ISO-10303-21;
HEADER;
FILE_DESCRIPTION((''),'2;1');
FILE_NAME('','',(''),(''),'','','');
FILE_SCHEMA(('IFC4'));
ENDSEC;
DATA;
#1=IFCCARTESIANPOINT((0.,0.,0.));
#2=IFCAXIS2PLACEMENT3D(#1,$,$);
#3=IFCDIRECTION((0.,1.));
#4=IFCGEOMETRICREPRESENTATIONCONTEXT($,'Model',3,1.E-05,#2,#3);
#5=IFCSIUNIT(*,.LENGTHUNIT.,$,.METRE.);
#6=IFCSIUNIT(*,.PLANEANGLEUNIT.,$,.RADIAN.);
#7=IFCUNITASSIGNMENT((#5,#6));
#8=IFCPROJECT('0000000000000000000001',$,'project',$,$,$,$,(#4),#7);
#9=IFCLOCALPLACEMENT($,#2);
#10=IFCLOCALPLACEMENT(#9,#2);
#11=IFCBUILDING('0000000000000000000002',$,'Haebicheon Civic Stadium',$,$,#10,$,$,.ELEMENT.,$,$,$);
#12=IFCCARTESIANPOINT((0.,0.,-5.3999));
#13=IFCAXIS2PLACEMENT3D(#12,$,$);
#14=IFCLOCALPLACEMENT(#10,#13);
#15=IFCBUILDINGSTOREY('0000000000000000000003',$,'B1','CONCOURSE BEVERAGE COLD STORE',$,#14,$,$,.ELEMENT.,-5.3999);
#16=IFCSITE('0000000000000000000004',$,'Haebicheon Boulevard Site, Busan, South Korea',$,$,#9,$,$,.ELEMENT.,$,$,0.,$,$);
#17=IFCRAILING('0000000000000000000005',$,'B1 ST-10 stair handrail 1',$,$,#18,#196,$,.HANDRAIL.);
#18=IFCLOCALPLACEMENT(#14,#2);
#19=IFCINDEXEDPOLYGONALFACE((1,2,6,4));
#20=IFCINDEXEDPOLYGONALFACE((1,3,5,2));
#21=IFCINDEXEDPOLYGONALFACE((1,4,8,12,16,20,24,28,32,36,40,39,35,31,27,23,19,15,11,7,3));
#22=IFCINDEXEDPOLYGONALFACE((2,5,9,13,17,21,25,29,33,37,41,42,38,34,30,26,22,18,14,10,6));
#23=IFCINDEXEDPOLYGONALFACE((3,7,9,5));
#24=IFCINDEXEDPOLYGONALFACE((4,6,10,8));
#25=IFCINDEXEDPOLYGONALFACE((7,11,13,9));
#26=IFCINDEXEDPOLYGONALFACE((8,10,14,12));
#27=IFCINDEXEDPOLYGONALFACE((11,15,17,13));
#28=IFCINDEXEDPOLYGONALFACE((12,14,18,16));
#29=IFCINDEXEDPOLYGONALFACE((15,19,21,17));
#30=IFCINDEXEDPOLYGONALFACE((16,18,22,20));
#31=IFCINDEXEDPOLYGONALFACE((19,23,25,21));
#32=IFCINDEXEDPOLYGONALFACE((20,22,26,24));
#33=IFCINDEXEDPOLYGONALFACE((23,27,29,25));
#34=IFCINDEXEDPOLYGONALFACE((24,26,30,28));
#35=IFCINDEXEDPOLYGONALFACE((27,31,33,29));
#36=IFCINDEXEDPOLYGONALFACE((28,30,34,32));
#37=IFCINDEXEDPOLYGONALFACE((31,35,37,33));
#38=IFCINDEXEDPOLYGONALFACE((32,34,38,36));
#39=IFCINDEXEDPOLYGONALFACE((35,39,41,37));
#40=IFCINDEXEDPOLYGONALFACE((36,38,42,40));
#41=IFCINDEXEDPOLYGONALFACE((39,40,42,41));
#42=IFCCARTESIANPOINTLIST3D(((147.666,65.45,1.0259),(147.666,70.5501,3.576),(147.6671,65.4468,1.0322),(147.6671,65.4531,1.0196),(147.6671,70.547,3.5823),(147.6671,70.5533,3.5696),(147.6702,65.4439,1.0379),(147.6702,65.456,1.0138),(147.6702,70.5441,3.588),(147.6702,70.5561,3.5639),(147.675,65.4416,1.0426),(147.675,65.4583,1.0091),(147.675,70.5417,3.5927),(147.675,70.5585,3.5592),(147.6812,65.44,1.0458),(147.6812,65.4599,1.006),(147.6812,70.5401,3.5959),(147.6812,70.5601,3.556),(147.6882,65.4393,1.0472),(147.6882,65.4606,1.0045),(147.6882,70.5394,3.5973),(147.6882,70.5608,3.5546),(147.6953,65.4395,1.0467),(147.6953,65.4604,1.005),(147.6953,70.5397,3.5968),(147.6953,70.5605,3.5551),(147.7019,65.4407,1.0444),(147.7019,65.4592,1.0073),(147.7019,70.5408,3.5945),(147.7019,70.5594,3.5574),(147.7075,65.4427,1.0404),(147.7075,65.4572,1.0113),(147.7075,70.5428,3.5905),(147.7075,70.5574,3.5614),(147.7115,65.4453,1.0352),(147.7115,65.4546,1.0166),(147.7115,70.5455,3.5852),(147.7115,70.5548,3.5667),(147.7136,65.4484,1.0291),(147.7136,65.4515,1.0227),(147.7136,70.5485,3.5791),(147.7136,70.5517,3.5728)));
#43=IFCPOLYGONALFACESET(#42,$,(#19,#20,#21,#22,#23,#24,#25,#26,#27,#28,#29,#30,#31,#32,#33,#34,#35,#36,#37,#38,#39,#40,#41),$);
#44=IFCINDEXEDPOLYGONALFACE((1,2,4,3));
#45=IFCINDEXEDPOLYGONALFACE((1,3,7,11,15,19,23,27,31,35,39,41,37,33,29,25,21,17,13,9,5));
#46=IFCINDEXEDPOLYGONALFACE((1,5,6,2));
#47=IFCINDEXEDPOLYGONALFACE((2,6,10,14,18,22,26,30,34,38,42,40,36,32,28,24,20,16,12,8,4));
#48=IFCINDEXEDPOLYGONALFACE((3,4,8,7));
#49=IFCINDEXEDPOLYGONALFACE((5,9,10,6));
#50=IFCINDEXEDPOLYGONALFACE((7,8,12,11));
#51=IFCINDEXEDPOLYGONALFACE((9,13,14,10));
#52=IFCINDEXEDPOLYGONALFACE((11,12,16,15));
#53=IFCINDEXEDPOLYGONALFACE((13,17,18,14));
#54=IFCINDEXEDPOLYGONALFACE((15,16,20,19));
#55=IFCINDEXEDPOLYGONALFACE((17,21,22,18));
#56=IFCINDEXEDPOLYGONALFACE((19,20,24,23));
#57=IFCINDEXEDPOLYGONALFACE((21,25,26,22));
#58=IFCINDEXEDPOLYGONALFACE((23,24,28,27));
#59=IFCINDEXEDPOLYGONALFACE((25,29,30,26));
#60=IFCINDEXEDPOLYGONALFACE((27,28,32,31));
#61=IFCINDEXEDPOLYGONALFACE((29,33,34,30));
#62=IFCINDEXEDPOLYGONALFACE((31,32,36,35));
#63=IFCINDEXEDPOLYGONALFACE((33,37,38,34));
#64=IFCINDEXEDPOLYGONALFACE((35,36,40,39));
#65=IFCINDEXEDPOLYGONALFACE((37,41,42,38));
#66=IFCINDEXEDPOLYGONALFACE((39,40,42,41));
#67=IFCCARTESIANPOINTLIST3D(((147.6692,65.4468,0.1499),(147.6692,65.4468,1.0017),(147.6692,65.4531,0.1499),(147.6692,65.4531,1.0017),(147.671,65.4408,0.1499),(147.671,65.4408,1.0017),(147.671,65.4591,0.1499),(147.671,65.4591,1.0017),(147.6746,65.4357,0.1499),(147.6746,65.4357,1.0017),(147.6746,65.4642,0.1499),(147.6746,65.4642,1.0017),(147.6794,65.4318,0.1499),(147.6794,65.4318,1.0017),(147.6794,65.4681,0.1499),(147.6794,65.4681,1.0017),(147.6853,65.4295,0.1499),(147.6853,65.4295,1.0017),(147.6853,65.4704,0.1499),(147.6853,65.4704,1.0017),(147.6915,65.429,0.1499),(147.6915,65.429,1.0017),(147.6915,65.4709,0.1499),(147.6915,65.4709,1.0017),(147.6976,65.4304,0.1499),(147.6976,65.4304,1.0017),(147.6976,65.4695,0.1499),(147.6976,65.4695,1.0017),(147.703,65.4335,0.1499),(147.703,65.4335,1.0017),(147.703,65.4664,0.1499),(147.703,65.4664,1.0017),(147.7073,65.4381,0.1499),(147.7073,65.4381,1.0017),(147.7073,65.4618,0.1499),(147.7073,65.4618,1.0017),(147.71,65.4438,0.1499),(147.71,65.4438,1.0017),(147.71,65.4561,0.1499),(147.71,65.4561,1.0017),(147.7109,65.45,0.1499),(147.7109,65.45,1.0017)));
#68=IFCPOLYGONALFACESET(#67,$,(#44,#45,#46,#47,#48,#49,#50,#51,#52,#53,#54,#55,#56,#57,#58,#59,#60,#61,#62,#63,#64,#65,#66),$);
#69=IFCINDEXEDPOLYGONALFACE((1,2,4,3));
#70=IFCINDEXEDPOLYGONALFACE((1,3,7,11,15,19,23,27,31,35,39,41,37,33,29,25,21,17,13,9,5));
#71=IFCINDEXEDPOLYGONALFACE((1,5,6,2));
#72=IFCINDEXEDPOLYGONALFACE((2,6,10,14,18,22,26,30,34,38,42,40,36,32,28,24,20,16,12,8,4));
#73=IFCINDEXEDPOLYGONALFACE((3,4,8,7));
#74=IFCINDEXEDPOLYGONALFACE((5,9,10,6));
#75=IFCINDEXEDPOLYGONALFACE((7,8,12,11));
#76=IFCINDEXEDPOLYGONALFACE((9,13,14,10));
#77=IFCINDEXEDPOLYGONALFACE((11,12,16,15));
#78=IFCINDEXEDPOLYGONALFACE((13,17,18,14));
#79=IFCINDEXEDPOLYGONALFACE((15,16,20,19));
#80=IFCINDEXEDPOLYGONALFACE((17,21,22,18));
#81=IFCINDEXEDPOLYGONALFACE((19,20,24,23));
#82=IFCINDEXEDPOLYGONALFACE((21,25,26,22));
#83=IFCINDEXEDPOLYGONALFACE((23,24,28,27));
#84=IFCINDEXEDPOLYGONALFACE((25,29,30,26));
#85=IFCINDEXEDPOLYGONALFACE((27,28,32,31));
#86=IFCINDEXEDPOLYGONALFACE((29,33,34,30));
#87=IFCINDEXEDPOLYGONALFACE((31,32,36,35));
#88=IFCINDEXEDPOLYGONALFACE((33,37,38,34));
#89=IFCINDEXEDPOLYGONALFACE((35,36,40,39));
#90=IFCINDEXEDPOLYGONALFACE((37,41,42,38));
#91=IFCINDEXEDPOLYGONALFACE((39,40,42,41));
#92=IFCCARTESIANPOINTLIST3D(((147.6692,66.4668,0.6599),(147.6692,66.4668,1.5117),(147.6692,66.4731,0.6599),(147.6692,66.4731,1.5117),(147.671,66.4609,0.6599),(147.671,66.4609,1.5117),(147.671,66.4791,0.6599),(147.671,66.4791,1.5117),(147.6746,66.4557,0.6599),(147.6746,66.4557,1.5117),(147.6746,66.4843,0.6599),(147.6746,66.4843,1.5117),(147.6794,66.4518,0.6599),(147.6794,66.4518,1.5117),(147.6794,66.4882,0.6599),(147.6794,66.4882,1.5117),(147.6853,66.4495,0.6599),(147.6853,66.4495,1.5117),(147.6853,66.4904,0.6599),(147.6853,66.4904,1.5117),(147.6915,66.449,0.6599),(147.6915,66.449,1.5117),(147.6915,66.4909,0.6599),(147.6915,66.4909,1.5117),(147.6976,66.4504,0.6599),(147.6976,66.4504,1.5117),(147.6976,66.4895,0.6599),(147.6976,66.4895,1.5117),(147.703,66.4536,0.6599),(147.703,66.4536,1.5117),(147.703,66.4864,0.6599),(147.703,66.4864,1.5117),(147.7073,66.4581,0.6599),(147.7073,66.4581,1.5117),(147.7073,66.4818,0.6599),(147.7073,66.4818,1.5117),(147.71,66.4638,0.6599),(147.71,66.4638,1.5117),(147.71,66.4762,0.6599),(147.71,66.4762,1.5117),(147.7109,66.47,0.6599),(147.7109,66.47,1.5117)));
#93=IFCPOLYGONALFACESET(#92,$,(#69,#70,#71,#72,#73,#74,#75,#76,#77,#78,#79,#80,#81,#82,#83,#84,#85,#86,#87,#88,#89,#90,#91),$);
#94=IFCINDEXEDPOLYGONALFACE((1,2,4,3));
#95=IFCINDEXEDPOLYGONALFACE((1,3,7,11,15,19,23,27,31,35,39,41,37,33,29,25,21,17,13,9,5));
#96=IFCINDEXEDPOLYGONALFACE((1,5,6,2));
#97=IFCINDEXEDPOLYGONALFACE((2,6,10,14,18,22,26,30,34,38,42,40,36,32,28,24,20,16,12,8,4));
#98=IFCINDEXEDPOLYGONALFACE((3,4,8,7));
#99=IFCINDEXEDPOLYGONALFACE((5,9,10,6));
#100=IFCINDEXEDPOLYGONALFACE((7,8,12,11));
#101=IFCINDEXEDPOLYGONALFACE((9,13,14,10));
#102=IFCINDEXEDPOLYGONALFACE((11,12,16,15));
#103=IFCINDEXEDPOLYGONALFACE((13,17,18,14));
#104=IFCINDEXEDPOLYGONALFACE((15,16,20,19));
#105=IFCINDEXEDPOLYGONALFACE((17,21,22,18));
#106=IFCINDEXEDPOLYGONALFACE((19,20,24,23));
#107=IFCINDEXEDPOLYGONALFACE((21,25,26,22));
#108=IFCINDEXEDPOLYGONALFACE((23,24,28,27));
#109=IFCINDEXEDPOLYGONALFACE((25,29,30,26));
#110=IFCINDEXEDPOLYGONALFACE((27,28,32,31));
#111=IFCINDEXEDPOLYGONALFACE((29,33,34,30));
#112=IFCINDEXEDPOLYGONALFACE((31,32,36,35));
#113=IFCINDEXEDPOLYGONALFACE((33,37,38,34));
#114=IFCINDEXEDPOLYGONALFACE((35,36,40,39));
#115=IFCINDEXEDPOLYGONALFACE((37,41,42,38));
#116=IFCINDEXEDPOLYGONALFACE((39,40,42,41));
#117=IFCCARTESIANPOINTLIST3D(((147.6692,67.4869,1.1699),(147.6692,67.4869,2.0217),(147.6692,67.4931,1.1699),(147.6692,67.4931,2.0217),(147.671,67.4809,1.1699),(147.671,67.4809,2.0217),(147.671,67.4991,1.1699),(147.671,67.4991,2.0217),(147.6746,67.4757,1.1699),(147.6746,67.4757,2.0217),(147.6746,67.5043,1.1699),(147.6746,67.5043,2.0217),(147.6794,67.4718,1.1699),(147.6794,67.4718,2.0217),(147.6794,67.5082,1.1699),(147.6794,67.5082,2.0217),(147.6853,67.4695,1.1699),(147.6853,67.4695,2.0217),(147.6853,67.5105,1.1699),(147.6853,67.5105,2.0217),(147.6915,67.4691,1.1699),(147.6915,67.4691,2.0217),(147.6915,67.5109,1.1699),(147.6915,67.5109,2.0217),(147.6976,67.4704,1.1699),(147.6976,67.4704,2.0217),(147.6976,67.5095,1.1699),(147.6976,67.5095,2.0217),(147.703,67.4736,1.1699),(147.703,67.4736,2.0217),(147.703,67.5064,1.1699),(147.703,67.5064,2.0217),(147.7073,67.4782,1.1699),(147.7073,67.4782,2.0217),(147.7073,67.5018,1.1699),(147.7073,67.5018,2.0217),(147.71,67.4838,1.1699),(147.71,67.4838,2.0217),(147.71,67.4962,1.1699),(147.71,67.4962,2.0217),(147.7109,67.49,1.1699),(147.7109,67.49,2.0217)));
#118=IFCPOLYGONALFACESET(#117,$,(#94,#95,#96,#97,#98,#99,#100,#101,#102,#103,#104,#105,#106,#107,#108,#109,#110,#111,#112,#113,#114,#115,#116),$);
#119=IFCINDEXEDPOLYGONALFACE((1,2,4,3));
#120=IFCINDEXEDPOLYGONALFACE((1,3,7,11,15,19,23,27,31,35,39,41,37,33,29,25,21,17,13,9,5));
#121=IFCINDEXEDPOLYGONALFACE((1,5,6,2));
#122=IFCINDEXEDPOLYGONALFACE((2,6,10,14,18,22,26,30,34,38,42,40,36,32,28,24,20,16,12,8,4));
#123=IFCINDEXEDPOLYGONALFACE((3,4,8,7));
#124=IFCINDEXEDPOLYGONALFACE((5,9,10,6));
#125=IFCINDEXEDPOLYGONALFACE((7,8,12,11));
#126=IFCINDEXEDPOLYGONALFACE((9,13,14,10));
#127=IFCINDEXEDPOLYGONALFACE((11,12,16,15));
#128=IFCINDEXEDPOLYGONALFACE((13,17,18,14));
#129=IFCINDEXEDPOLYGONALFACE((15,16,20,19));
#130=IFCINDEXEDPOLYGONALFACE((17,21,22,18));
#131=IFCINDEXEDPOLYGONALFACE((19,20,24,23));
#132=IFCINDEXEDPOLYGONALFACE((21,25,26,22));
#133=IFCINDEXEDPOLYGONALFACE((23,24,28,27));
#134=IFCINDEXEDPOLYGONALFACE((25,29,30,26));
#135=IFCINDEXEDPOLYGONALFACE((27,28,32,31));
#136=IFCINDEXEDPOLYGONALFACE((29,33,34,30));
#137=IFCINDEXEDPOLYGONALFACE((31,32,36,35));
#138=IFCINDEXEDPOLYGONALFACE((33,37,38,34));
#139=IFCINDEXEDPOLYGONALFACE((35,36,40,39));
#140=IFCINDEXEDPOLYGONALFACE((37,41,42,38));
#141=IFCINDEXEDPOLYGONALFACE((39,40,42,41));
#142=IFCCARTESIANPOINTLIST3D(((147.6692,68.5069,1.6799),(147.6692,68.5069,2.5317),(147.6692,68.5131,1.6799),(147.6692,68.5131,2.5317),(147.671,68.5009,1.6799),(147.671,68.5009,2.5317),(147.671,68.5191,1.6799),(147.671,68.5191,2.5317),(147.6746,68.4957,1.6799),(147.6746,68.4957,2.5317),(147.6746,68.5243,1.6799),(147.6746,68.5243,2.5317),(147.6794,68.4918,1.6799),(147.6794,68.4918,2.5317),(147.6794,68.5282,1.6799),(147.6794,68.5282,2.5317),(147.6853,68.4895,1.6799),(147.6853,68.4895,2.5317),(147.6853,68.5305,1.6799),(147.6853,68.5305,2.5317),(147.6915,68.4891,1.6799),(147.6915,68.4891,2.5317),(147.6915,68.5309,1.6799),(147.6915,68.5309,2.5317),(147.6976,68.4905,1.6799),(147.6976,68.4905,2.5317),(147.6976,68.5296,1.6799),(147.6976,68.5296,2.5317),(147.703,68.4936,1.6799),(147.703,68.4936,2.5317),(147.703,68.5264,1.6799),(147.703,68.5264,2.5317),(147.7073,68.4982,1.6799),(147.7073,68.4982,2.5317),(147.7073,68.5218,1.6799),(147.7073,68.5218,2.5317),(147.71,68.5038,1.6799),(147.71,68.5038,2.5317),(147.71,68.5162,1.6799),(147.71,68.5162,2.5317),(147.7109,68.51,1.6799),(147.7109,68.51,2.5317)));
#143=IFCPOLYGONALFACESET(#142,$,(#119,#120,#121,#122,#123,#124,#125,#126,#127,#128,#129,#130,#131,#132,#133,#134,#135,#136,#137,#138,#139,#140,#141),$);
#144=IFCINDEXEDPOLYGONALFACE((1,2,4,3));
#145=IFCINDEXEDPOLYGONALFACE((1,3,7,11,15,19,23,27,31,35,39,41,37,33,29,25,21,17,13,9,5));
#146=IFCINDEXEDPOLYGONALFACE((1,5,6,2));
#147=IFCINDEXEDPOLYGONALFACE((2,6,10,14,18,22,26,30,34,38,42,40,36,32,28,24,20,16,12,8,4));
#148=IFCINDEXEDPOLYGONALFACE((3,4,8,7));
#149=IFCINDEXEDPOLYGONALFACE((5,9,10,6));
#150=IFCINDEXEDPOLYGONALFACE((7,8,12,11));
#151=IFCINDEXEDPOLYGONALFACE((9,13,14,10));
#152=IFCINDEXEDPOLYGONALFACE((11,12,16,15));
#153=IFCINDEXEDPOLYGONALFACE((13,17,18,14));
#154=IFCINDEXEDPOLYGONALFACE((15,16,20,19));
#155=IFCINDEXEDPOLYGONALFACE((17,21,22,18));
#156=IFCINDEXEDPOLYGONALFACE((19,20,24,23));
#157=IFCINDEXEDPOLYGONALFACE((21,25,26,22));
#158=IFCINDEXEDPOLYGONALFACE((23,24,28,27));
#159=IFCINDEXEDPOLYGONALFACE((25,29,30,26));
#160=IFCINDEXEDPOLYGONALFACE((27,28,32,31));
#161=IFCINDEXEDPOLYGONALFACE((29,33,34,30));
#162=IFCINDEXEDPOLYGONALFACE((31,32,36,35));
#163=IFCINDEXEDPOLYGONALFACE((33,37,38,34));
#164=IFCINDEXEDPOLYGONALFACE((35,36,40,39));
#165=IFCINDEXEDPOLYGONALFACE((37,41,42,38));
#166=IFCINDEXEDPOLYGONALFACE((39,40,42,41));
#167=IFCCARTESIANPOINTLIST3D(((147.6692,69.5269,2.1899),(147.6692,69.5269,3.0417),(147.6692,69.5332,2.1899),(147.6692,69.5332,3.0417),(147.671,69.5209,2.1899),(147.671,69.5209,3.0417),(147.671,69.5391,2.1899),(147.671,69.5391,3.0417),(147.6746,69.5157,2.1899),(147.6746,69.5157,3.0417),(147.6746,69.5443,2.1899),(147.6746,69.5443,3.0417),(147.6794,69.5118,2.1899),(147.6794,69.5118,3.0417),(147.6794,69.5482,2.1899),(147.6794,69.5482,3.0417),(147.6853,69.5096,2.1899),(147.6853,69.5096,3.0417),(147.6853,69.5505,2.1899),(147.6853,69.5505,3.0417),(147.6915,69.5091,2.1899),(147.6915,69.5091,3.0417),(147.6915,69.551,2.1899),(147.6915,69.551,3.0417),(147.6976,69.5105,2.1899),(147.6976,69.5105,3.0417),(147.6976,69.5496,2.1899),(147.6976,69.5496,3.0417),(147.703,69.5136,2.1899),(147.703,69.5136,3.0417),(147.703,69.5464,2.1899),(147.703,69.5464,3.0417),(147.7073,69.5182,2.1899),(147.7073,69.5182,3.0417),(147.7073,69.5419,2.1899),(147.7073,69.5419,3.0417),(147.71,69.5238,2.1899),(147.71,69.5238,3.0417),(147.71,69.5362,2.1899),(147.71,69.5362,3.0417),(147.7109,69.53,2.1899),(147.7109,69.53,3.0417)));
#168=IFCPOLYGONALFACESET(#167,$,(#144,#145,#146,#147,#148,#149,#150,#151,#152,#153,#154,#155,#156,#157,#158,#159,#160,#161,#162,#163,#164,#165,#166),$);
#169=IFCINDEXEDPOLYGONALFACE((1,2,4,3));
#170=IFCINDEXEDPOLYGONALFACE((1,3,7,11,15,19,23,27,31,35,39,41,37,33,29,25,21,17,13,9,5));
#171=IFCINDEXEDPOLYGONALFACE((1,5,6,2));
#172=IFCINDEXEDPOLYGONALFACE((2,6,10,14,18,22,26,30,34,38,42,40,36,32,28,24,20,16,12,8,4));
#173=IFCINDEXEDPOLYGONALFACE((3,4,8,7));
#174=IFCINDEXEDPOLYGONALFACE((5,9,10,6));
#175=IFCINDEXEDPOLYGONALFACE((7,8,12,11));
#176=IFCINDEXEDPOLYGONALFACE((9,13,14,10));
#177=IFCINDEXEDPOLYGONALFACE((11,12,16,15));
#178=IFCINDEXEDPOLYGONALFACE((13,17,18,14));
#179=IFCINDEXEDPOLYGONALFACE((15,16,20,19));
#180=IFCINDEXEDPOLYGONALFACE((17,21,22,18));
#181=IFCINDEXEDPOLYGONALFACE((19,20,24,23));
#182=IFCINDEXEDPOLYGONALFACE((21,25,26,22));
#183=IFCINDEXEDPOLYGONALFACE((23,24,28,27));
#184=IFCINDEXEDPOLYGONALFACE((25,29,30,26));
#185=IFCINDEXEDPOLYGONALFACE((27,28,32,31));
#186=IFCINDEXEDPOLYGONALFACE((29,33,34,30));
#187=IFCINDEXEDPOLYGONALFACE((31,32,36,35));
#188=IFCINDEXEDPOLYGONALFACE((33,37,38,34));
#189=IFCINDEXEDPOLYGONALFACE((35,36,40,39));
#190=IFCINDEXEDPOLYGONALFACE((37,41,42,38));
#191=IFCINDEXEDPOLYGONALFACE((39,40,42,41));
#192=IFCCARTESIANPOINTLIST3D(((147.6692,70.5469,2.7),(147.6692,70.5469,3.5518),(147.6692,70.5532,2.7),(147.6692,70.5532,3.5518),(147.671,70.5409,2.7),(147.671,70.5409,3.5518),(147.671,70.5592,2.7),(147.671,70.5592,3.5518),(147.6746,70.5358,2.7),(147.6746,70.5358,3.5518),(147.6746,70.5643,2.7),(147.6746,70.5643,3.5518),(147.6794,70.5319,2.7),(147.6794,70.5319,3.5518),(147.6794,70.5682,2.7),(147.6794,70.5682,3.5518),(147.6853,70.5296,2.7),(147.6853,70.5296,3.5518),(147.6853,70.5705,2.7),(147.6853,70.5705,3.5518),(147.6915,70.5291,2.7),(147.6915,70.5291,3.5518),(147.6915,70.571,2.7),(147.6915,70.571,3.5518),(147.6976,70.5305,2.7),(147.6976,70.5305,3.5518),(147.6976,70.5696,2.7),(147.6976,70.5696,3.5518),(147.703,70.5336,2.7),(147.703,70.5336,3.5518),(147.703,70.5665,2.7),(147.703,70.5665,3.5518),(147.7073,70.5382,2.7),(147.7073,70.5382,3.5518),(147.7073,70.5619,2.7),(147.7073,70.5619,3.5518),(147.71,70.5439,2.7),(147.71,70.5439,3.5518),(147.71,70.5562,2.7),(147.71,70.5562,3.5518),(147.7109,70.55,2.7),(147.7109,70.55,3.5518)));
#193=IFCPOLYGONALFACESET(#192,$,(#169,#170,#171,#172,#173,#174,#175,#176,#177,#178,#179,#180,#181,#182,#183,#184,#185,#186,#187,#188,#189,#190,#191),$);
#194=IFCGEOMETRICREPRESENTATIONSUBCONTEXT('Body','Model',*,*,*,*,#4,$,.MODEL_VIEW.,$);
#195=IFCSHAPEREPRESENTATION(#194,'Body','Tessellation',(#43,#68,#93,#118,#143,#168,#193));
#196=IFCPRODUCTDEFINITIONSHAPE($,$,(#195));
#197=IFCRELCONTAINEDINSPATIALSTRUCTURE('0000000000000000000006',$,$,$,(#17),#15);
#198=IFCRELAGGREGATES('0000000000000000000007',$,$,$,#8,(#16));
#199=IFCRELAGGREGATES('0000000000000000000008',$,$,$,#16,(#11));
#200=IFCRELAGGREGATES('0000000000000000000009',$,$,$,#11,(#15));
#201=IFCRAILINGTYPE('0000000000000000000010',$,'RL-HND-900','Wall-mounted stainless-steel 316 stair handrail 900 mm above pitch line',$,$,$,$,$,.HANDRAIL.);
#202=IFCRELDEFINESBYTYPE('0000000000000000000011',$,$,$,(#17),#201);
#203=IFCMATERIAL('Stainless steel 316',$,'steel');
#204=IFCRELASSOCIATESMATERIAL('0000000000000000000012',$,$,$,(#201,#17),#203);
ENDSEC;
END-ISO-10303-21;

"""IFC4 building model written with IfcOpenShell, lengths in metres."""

from ifc_helpers import new_model, si_unit, direction, frame, origin, origin_2d, place, context, subcontext, project, spatial, circle, extrude, material, type_object, element, save


model = new_model("IFC4")

# Units and contexts
model_context = context("Model", 3, precision=1e-05, world=origin(), true_north=direction((0.0, 1.0)))
body_context = subcontext(model_context, "Body", "Model", "MODEL_VIEW")
ifc_project = project(units=[si_unit("LENGTHUNIT", "METRE"), si_unit("PLANEANGLEUNIT", "RADIAN")], contexts=[model_context])

# Site, building, storey
site_placement = place(None, origin())
site = spatial("IfcSite", under=ifc_project, at=site_placement, Name="Haebicheon Boulevard Site, Busan, South Korea", CompositionType="ELEMENT", RefElevation=0.0)
building_placement = place(site_placement, origin())
building = spatial("IfcBuilding", under=site, at=building_placement, Name="Haebicheon Civic Stadium", CompositionType="ELEMENT")
storey_placement = place(building_placement, frame((0.0, 0.0, -5.3999)))
storey = spatial("IfcBuildingStorey", under=building, at=storey_placement, Name="B1", Description="CONCOURSE BEVERAGE COLD STORE", CompositionType="ELEMENT", Elevation=-5.3999)

# Railing
ifc_material_1 = material(Name="Stainless steel 316", Category="steel")
railing_type_1 = type_object("IfcRailingType", Name="RL-HND-900", Description="Wall-mounted stainless-steel 316 stair handrail 900 mm above pitch line", PredefinedType="HANDRAIL", material=ifc_material_1)
railing_1_placement = place(storey_placement, frame((147.6899, 65.45, 0.1499)))
element("IfcRailing", 1, at=railing_1_placement, inside=storey, type_object=railing_type_1, material=ifc_material_1, Name="B1 ST-10 stair handrail 1", PredefinedType="HANDRAIL", context=body_context, shape_type="SweptSolid", body=[
    extrude(circle(Radius=0.0239, at=origin_2d()), frame((0.0, 0.0, 0.876), z_axis=(0.0, 0.894427, 0.447214), x_axis=(-1.0, 0.0, 0.0)), (0.0, 0.0, 1.0), 5.7021),
    extrude(circle(Radius=0.021, at=origin_2d()), origin(), (0.0, 0.0, 1.0), 0.8518),
    extrude(circle(Radius=0.021, at=origin_2d()), frame((0.0, 1.02, 0.51)), (0.0, 0.0, 1.0), 0.8518),
    extrude(circle(Radius=0.021, at=origin_2d()), frame((0.0, 2.04, 1.02)), (0.0, 0.0, 1.0), 0.8518),
    extrude(circle(Radius=0.021, at=origin_2d()), frame((0.0, 3.0601, 1.53)), (0.0, 0.0, 1.0), 0.8518),
    extrude(circle(Radius=0.021, at=origin_2d()), frame((0.0, 4.0801, 2.04)), (0.0, 0.0, 1.0), 0.8518),
    extrude(circle(Radius=0.021, at=origin_2d()), frame((0.0, 5.1001, 2.55)), (0.0, 0.0, 1.0), 0.8518),
])

save(model, "model.ifc")
